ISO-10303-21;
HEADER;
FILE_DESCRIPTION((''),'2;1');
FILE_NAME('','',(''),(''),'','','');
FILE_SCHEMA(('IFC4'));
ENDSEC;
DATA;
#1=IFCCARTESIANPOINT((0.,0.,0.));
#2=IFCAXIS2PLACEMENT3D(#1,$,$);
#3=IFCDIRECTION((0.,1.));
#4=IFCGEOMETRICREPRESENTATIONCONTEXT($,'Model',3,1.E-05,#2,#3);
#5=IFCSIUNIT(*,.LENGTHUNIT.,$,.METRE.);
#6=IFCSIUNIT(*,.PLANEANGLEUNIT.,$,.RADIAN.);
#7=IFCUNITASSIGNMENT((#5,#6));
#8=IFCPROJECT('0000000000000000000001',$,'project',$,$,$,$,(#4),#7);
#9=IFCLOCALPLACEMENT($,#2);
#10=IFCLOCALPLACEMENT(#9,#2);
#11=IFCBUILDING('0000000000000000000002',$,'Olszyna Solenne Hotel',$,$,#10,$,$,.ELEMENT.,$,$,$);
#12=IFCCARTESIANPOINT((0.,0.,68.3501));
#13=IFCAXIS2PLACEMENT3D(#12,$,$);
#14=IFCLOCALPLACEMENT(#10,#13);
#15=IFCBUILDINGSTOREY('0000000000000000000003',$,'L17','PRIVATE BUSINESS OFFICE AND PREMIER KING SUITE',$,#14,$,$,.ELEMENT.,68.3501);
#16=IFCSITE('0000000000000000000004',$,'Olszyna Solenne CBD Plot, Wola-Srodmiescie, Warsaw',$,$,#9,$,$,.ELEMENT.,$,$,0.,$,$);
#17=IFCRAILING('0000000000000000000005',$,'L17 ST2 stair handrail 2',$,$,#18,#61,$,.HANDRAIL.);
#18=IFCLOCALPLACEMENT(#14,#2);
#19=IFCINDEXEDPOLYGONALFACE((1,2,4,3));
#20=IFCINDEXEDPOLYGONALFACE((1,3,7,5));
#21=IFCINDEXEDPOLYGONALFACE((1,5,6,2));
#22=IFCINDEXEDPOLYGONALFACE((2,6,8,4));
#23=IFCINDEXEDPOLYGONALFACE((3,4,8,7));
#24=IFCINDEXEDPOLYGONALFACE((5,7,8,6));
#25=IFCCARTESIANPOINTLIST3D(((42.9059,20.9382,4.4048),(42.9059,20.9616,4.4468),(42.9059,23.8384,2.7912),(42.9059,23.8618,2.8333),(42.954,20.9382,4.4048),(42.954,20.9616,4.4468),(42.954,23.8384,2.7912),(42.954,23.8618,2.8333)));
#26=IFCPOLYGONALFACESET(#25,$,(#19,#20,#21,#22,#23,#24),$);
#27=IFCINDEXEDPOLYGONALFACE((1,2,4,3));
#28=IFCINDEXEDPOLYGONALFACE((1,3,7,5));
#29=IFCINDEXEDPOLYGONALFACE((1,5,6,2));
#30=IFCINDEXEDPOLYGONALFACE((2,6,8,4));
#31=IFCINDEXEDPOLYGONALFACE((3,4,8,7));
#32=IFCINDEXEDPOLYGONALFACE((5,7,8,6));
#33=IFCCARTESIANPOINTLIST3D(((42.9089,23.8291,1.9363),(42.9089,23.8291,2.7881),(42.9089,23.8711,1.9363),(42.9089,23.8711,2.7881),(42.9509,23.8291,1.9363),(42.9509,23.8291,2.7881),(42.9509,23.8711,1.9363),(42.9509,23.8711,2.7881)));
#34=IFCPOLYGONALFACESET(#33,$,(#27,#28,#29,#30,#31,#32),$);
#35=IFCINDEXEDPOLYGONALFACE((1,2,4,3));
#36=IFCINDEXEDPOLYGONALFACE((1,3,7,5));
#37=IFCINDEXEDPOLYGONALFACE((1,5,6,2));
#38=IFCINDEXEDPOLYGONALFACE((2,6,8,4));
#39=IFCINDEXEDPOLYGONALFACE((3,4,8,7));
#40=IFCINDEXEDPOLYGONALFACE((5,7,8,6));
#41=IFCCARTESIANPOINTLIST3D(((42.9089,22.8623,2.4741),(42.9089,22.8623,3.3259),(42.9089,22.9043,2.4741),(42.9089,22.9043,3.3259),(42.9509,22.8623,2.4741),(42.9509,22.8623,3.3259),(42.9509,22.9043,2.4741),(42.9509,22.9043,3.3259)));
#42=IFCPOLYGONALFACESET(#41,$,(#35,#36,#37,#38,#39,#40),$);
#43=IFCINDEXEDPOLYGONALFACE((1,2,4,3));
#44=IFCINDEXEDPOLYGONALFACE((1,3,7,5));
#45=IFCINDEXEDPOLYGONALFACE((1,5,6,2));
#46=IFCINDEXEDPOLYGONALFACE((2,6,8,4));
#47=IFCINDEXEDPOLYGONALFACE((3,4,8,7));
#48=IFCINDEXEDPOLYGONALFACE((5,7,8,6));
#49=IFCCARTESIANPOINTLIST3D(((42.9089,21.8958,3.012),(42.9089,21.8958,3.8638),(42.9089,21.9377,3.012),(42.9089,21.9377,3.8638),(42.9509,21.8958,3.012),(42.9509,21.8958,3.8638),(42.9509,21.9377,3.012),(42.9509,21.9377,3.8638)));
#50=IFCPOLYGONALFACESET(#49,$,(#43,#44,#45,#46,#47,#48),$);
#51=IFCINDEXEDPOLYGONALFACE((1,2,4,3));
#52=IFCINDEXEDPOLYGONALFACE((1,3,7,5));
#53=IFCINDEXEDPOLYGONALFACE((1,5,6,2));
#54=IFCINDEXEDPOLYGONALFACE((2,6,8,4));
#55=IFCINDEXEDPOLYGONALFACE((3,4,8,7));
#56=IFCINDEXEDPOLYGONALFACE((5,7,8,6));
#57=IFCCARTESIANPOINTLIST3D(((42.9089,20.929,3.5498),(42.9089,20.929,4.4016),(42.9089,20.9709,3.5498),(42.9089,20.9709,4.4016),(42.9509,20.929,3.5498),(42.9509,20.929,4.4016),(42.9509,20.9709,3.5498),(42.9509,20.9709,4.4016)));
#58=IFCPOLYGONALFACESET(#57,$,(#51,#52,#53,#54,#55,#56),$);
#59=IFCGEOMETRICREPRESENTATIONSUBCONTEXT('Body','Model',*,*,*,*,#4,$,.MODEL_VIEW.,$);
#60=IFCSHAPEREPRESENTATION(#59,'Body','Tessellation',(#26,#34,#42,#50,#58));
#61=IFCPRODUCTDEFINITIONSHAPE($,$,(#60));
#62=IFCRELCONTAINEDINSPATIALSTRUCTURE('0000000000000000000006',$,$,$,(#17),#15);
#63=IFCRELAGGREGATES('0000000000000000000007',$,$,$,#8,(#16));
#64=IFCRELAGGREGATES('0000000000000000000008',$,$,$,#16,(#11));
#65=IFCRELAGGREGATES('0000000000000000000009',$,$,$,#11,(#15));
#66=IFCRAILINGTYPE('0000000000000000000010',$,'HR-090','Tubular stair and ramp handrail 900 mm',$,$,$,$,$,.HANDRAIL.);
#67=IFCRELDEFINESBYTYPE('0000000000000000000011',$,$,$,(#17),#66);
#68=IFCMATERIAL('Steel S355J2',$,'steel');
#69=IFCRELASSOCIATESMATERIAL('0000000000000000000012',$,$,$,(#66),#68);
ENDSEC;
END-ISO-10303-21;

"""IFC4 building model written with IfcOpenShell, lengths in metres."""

from ifc_helpers import new_model, si_unit, direction, frame, origin, origin_2d, place, context, subcontext, project, spatial, rectangle, extrude, material, type_object, element, save


model = new_model("IFC4")

# Units and contexts
model_context = context("Model", 3, precision=1e-05, world=origin(), true_north=direction((0.0, 1.0)))
body_context = subcontext(model_context, "Body", "Model", "MODEL_VIEW")
ifc_project = project(units=[si_unit("LENGTHUNIT", "METRE"), si_unit("PLANEANGLEUNIT", "RADIAN")], contexts=[model_context])

# Site, building, storey
site_placement = place(None, origin())
site = spatial("IfcSite", under=ifc_project, at=site_placement, Name="Olszyna Solenne CBD Plot, Wola-Srodmiescie, Warsaw", CompositionType="ELEMENT", RefElevation=0.0)
building_placement = place(site_placement, origin())
building = spatial("IfcBuilding", under=site, at=building_placement, Name="Olszyna Solenne Hotel", CompositionType="ELEMENT")
storey_placement = place(building_placement, frame((0.0, 0.0, 68.3501)))
storey = spatial("IfcBuildingStorey", under=building, at=storey_placement, Name="L17", Description="PRIVATE BUSINESS OFFICE AND PREMIER KING SUITE", CompositionType="ELEMENT", Elevation=68.3501)

# Shared definitions
ifc_material_1 = material(Name="Steel S355J2", Category="steel")

# Railing
railing_type_1 = type_object("IfcRailingType", Name="HR-090", Description="Tubular stair and ramp handrail 900 mm", PredefinedType="HANDRAIL", material=ifc_material_1)
railing_1_placement = place(storey_placement, frame((42.9299, 23.8501, 1.9363)))
element("IfcRailing", 1, at=railing_1_placement, inside=storey, type_object=railing_type_1, Name="L17 ST2 stair handrail 2", PredefinedType="HANDRAIL", context=body_context, shape_type="SweptSolid", body=[
    extrude(rectangle(XDim=0.0481, YDim=0.0481, at=origin_2d()), frame((0.0, 0.0, 0.876), z_axis=(0.0, -0.873859, 0.48618), x_axis=(1.0, 0.0, 0.0)), (0.0, 0.0, 1.0), 3.3188),
    extrude(rectangle(XDim=0.042, YDim=0.042, at=origin_2d()), origin(), (0.0, 0.0, 1.0), 0.8518),
    extrude(rectangle(XDim=0.042, YDim=0.042, at=origin_2d()), frame((0.0, -0.9668, 0.5378)), (0.0, 0.0, 1.0), 0.8518),
    extrude(rectangle(XDim=0.042, YDim=0.042, at=origin_2d()), frame((0.0, -1.9333, 1.0757)), (0.0, 0.0, 1.0), 0.8518),
    extrude(rectangle(XDim=0.042, YDim=0.042, at=origin_2d()), frame((0.0, -2.9001, 1.6135)), (0.0, 0.0, 1.0), 0.8518),
])

save(model, "model.ifc")
